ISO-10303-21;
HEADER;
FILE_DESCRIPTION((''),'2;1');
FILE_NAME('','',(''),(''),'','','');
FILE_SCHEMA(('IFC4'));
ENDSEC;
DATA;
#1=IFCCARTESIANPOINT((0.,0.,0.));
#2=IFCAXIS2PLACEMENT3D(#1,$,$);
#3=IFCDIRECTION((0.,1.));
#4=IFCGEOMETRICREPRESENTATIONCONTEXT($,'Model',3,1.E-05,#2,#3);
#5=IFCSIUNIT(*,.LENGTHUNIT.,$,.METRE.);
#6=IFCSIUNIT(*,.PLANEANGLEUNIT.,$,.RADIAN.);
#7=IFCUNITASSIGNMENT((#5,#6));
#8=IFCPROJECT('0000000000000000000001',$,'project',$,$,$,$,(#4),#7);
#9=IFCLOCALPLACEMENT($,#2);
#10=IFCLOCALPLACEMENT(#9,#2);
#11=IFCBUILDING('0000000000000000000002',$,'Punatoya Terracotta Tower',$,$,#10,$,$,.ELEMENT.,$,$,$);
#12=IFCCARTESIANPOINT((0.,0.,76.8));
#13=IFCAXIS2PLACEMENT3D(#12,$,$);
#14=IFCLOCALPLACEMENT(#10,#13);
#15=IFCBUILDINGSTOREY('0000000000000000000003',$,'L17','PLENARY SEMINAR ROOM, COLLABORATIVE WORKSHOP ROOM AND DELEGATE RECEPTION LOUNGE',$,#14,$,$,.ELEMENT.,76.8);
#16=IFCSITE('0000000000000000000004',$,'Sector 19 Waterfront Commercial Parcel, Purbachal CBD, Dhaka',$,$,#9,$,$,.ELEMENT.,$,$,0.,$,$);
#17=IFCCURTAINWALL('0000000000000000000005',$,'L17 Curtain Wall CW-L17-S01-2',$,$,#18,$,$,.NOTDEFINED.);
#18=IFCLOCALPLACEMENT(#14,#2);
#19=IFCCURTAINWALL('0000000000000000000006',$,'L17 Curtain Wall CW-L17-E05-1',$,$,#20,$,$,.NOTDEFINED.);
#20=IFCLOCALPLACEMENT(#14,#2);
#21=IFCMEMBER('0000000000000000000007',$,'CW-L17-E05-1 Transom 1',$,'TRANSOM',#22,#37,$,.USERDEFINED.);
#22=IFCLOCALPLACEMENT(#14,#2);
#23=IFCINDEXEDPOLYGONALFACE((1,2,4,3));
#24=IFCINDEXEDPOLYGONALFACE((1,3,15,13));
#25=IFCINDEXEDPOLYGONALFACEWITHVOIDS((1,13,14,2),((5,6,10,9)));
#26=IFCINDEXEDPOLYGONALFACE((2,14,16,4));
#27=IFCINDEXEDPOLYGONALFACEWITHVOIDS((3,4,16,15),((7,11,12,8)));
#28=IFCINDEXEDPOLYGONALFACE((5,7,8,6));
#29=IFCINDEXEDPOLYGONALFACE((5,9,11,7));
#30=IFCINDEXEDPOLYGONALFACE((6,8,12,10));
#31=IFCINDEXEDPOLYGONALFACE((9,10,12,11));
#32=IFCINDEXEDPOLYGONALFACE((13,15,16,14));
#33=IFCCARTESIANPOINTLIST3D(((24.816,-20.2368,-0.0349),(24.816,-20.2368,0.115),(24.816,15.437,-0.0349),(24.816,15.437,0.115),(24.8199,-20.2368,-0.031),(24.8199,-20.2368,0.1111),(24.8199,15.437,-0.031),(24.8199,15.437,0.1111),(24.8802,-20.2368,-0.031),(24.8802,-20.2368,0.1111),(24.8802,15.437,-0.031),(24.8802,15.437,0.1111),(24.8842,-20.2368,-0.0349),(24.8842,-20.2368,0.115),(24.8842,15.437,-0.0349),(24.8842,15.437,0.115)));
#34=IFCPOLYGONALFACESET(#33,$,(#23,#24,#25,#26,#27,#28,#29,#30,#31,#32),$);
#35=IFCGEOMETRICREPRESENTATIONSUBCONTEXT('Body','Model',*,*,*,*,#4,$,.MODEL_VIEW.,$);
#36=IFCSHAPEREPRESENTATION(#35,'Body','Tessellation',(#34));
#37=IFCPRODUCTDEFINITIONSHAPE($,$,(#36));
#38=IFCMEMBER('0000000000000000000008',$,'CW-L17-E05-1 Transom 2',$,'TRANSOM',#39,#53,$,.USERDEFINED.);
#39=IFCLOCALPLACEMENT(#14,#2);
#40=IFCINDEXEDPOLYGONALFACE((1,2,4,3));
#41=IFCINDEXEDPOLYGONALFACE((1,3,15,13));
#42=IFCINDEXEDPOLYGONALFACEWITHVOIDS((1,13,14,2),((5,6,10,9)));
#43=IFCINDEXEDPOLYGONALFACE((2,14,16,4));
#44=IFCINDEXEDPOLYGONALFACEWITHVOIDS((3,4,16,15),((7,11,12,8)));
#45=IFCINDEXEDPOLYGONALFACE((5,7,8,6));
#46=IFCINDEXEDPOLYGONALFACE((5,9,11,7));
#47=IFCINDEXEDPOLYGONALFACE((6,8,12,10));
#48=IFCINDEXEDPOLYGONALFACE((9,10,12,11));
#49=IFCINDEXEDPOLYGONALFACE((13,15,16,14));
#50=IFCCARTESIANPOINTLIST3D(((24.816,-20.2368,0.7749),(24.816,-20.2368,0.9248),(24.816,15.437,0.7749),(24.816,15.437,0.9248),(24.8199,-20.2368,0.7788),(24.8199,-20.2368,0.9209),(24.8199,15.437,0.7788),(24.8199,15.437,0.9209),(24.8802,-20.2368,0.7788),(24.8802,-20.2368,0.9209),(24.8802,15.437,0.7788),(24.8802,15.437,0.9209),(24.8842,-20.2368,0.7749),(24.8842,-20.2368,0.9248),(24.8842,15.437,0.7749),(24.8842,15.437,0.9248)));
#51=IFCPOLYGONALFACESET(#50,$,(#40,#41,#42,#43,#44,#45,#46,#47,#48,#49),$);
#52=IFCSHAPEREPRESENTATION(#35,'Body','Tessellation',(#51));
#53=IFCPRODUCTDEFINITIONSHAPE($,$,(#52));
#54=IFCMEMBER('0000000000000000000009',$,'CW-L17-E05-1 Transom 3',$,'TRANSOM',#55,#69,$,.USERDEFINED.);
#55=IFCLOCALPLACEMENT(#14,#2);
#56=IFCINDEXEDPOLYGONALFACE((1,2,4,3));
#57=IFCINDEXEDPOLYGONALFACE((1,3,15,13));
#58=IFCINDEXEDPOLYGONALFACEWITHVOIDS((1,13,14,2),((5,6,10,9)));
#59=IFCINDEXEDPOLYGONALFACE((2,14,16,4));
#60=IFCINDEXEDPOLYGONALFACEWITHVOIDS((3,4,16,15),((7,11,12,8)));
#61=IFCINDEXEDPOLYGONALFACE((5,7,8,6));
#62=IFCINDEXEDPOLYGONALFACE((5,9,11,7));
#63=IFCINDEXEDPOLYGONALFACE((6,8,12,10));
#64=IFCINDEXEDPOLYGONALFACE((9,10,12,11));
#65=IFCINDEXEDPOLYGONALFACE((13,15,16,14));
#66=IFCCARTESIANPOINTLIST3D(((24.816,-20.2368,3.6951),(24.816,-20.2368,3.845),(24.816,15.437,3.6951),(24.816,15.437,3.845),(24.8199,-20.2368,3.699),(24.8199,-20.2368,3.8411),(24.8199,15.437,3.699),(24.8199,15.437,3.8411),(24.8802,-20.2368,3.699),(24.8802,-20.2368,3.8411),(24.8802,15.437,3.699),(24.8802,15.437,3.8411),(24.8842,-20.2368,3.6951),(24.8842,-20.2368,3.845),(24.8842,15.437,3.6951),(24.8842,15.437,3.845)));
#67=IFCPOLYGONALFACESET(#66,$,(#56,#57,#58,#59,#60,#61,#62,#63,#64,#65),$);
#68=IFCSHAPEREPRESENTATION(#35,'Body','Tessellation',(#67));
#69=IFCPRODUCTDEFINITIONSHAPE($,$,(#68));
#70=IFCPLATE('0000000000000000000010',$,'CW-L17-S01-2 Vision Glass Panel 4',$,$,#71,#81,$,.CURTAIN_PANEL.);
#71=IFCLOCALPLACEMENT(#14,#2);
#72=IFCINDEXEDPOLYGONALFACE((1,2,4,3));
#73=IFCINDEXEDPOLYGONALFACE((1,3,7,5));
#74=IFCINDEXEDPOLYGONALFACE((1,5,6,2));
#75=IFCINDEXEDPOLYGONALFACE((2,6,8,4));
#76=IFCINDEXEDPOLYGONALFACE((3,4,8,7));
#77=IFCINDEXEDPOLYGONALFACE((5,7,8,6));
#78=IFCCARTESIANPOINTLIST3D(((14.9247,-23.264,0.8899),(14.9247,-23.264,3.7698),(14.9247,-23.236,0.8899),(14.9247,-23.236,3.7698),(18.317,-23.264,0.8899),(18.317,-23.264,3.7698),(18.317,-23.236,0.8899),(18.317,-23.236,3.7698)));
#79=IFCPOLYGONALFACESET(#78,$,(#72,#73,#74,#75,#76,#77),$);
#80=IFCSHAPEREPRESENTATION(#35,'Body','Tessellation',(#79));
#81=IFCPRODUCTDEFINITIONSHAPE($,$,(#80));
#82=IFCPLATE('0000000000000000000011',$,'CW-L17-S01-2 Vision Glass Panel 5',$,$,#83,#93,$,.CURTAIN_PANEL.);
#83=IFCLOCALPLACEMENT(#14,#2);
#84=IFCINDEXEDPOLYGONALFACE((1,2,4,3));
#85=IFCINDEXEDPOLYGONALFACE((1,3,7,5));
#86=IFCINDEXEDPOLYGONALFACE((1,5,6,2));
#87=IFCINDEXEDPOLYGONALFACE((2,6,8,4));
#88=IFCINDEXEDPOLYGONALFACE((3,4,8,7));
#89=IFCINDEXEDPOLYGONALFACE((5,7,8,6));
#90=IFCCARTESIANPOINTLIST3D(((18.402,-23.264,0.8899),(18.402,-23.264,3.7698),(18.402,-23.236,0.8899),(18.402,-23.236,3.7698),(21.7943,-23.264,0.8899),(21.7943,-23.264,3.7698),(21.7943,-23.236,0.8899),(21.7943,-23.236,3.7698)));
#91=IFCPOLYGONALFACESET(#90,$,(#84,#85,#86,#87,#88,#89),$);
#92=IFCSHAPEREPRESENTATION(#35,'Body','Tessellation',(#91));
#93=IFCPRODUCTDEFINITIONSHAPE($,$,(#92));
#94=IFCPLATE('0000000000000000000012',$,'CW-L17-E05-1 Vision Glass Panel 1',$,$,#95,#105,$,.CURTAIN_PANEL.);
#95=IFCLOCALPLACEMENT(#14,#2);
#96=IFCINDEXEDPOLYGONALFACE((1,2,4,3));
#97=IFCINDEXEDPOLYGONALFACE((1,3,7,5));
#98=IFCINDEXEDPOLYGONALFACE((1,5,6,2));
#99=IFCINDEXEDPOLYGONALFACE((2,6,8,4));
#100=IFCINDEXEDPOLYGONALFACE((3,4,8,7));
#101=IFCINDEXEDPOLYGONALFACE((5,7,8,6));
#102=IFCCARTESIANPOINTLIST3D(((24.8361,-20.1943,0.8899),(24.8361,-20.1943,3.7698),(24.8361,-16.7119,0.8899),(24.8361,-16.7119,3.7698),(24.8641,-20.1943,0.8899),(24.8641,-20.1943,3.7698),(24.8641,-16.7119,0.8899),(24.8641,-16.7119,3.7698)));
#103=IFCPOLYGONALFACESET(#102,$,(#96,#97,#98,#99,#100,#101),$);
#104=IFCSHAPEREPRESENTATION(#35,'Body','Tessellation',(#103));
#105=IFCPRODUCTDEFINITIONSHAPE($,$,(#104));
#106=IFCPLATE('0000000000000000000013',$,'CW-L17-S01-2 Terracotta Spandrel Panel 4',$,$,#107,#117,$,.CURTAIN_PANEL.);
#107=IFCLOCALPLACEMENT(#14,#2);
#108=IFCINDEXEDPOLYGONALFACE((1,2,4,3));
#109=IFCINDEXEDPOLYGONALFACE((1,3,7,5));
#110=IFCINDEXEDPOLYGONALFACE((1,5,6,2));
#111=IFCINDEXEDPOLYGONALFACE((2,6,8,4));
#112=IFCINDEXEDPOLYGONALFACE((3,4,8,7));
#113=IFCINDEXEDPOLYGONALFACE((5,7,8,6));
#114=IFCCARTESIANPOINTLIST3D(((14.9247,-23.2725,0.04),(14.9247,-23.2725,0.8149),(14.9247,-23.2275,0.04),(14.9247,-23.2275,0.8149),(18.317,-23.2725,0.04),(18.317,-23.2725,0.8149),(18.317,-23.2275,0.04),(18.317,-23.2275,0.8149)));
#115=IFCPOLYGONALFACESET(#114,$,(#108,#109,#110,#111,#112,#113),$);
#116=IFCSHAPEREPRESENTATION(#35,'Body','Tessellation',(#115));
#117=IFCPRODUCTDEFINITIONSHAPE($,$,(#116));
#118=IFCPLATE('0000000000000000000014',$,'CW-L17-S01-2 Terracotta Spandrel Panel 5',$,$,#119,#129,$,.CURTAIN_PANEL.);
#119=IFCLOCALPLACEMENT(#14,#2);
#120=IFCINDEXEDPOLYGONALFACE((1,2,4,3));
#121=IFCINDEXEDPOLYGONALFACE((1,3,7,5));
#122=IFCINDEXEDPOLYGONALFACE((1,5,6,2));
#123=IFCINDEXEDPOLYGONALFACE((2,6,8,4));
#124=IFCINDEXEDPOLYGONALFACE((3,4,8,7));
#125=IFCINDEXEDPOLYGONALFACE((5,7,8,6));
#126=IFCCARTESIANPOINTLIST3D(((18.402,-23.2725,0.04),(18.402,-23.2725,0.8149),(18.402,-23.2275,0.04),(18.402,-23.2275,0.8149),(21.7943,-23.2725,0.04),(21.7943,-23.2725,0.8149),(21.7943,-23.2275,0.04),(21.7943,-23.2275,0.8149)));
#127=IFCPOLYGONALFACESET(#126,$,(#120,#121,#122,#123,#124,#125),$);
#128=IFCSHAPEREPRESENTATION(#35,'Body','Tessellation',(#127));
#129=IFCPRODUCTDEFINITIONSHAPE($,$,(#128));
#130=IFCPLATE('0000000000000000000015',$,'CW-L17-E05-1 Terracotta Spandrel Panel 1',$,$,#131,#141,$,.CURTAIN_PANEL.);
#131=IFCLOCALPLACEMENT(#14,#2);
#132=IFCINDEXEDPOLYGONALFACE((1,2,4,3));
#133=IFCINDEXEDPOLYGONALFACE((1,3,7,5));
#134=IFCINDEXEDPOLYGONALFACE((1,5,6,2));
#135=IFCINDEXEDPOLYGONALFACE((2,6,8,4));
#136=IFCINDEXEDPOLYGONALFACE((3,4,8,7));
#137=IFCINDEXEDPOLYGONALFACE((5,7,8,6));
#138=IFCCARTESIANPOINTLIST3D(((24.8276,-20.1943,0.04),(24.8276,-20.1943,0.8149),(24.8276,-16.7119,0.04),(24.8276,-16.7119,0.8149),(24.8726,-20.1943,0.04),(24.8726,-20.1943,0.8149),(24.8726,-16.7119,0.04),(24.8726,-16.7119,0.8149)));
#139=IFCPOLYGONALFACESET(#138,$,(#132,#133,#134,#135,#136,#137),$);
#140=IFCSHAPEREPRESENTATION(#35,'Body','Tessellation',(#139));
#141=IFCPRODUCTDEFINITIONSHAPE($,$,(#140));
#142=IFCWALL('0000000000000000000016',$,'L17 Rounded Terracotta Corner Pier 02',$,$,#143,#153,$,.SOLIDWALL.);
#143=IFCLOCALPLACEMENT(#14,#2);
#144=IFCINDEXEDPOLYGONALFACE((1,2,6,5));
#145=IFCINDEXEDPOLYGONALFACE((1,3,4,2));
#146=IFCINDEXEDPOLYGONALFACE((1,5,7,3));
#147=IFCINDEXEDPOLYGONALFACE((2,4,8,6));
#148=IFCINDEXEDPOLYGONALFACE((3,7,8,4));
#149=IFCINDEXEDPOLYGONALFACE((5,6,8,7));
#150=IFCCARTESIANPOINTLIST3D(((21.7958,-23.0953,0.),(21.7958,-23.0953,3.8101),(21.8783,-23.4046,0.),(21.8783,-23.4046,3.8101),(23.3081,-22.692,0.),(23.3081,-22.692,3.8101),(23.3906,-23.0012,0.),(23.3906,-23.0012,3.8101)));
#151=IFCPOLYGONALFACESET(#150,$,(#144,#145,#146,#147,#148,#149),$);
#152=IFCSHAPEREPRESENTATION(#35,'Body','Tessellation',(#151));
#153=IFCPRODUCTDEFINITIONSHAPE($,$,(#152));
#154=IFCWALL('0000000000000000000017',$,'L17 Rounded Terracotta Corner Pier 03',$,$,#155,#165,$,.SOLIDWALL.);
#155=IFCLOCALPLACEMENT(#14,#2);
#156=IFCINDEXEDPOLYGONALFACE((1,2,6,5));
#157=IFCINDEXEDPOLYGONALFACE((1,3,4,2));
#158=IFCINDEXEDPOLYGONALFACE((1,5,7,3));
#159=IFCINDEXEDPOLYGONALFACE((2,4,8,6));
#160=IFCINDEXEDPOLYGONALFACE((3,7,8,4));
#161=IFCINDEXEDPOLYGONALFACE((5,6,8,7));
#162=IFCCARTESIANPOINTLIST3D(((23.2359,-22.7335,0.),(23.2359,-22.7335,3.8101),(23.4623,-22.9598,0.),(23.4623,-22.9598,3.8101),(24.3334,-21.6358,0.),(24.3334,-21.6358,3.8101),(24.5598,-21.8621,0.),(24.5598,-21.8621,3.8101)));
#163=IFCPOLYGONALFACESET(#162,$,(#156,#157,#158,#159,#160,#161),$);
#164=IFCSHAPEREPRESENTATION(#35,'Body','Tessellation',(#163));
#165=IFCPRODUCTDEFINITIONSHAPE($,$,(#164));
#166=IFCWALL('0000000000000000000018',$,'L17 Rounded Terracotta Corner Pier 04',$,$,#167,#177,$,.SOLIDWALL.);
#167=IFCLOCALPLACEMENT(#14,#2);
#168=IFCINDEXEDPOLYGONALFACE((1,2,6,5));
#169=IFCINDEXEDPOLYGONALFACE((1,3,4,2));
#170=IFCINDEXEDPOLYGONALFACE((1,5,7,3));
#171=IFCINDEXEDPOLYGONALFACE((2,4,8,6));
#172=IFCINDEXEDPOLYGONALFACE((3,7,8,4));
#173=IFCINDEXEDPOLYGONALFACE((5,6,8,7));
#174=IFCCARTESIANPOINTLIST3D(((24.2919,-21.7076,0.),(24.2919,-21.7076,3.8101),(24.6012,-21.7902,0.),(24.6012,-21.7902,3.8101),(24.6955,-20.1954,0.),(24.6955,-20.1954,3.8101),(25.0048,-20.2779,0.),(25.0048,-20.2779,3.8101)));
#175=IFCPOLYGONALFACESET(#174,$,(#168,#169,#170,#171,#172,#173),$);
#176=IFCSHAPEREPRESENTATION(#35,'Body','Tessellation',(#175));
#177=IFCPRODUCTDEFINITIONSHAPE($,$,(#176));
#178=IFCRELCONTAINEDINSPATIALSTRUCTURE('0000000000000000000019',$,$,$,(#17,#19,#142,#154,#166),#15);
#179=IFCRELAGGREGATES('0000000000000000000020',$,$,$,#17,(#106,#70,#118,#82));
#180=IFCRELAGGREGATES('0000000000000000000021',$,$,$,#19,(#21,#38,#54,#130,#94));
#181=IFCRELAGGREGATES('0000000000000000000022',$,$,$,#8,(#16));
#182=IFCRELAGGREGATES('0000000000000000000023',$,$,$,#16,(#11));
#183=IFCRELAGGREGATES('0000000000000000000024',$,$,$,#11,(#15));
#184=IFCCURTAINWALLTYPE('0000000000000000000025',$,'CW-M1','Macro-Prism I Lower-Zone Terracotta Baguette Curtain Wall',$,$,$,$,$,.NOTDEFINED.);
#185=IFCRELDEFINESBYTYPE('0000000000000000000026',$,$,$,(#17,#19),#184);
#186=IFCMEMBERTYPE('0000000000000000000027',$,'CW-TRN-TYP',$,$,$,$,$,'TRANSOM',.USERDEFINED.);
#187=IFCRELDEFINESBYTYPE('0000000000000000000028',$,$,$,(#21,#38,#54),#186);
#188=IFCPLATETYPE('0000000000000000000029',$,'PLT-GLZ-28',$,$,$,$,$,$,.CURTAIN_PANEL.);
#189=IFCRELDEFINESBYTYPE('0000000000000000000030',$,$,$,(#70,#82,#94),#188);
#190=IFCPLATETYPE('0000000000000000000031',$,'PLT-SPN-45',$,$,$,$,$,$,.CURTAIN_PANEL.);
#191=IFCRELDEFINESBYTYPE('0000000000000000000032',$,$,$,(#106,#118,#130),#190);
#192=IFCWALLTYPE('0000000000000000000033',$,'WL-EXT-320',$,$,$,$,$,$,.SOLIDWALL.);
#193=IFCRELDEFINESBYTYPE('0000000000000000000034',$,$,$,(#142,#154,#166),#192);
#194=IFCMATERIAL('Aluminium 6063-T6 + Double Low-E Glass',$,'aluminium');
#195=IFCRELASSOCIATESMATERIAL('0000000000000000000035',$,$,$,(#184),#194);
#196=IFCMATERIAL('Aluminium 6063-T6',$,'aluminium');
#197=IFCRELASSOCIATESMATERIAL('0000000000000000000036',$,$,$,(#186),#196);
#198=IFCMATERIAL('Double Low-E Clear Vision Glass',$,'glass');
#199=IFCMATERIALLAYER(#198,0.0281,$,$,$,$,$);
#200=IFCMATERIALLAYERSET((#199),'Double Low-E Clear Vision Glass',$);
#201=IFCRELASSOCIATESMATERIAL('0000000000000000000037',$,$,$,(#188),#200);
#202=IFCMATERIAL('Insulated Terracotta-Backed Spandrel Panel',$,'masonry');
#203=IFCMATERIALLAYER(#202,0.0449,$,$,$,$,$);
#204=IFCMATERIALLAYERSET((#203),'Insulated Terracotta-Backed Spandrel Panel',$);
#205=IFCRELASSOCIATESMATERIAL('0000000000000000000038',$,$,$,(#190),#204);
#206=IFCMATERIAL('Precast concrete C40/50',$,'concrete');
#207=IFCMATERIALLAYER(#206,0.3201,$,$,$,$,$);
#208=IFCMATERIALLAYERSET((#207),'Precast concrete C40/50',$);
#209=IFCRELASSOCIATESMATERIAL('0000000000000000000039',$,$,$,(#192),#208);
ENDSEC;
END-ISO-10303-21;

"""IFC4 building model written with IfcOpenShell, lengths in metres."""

from ifc_helpers import new_model, si_unit, direction, frame, frame_2d, origin, origin_2d, place, context, subcontext, project, spatial, rectangle, hollow_rectangle, extrude, material, layer, layer_set, material_profile, profile_set, type_object, element, aggregate, save


model = new_model("IFC4")

# Units and contexts
model_context = context("Model", 3, precision=1e-05, world=origin(), true_north=direction((0.0, 1.0)))
body_context = subcontext(model_context, "Body", "Model", "MODEL_VIEW")
ifc_project = project(units=[si_unit("LENGTHUNIT", "METRE"), si_unit("PLANEANGLEUNIT", "RADIAN")], contexts=[model_context])

# Site, building, storey
site_placement = place(None, origin())
site = spatial("IfcSite", under=ifc_project, at=site_placement, Name="Sector 19 Waterfront Commercial Parcel, Purbachal CBD, Dhaka", CompositionType="ELEMENT", RefElevation=0.0)
building_placement = place(site_placement, origin())
building = spatial("IfcBuilding", under=site, at=building_placement, Name="Punatoya Terracotta Tower", CompositionType="ELEMENT")
storey_placement = place(building_placement, frame((0.0, 0.0, 76.8)))
storey = spatial("IfcBuildingStorey", under=building, at=storey_placement, Name="L17", Description="PLENARY SEMINAR ROOM, COLLABORATIVE WORKSHOP ROOM AND DELEGATE RECEPTION LOUNGE", CompositionType="ELEMENT", Elevation=76.8)

# Curtain walls, members
ifc_material_1 = material(Name="Aluminium 6063-T6 + Double Low-E Glass", Category="aluminium")
curtain_wall_type = type_object("IfcCurtainWallType", Name="CW-M1", Description="Macro-Prism I Lower-Zone Terracotta Baguette Curtain Wall", PredefinedType="NOTDEFINED", material=ifc_material_1)
curtain_wall_1_placement = place(storey_placement, origin())
curtain_wall_1 = element("IfcCurtainWall", 1, at=curtain_wall_1_placement, inside=storey, type_object=curtain_wall_type, Name="L17 Curtain Wall CW-L17-S01-2", PredefinedType="NOTDEFINED")
ifc_material_2 = material(Name="Aluminium 6063-T6", Category="aluminium")
curtain_wall_2_placement = place(storey_placement, origin())
curtain_wall_2 = element("IfcCurtainWall", 2, at=curtain_wall_2_placement, inside=storey, type_object=curtain_wall_type, Name="L17 Curtain Wall CW-L17-E05-1", PredefinedType="NOTDEFINED")
ifc_material_profile_1 = material_profile(ifc_material_2, hollow_rectangle(XDim=0.0681, YDim=0.1499, WallThickness=0.0039, at=origin_2d()))
ifc_profile_set_1 = profile_set([ifc_material_profile_1], Name="Aluminium 6063-T6")
member_type_1 = type_object("IfcMemberType", Name="CW-TRN-TYP", ElementType="TRANSOM", PredefinedType="USERDEFINED", material=ifc_profile_set_1)
member_1_placement = place(storey_placement, frame((24.8501, -20.2368, 0.04), z_axis=(0.0, 1.0, 0.0), x_axis=(-1.0, 0.0, 0.0)))
member_1 = element("IfcMember", 3, at=member_1_placement, type_object=member_type_1, Name="CW-L17-E05-1 Transom 1", ObjectType="TRANSOM", PredefinedType="USERDEFINED", context=body_context, shape_type="SweptSolid", body=[
    extrude(hollow_rectangle(XDim=0.0681, YDim=0.1499, WallThickness=0.0039, at=origin_2d()), origin(), (0.0, 0.0, 1.0), 35.6738),
])
member_2_placement = place(storey_placement, frame((24.8501, -20.2368, 0.8499), z_axis=(0.0, 1.0, 0.0), x_axis=(-1.0, 0.0, 0.0)))
member_2 = element("IfcMember", 4, at=member_2_placement, type_object=member_type_1, Name="CW-L17-E05-1 Transom 2", ObjectType="TRANSOM", PredefinedType="USERDEFINED", context=body_context, shape_type="SweptSolid", body=[
    extrude(hollow_rectangle(XDim=0.0681, YDim=0.1499, WallThickness=0.0039, at=origin_2d()), origin(), (0.0, 0.0, 1.0), 35.6738),
])
member_3_placement = place(storey_placement, frame((24.8501, -20.2368, 3.77), z_axis=(0.0, 1.0, 0.0), x_axis=(-1.0, 0.0, 0.0)))
member_3 = element("IfcMember", 5, at=member_3_placement, type_object=member_type_1, Name="CW-L17-E05-1 Transom 3", ObjectType="TRANSOM", PredefinedType="USERDEFINED", context=body_context, shape_type="SweptSolid", body=[
    extrude(hollow_rectangle(XDim=0.0681, YDim=0.1499, WallThickness=0.0039, at=origin_2d()), origin(), (0.0, 0.0, 1.0), 35.6738),
])

# Plates
ifc_material_3 = material(Name="Double Low-E Clear Vision Glass", Category="glass")
ifc_layer_1 = layer(ifc_material_3, 0.0281)
ifc_layer_set_1 = layer_set([ifc_layer_1], Name="Double Low-E Clear Vision Glass")
plate_type_1 = type_object("IfcPlateType", Name="PLT-GLZ-28", PredefinedType="CURTAIN_PANEL", material=ifc_layer_set_1)
plate_1_placement = place(storey_placement, frame((16.6208, -23.25, 0.8899), z_axis=(0.0, 0.0, 1.0), x_axis=(1.0, 0.0, 0.0)))
plate_1 = element("IfcPlate", 6, at=plate_1_placement, type_object=plate_type_1, Name="CW-L17-S01-2 Vision Glass Panel 4", PredefinedType="CURTAIN_PANEL", context=body_context, shape_type="SweptSolid", body=[
    extrude(rectangle(XDim=3.3923, YDim=0.0281, at=origin_2d()), origin(), (0.0, 0.0, 1.0), 2.8799),
])
plate_2_placement = place(storey_placement, frame((20.0981, -23.25, 0.8899), z_axis=(0.0, 0.0, 1.0), x_axis=(1.0, 0.0, 0.0)))
plate_2 = element("IfcPlate", 7, at=plate_2_placement, type_object=plate_type_1, Name="CW-L17-S01-2 Vision Glass Panel 5", PredefinedType="CURTAIN_PANEL", context=body_context, shape_type="SweptSolid", body=[
    extrude(rectangle(XDim=3.3923, YDim=0.0281, at=origin_2d()), origin(), (0.0, 0.0, 1.0), 2.8799),
])
plate_3_placement = place(storey_placement, frame((24.8501, -18.4531, 0.8899), z_axis=(0.0, 0.0, 1.0), x_axis=(0.0, 1.0, 0.0)))
plate_3 = element("IfcPlate", 8, at=plate_3_placement, type_object=plate_type_1, Name="CW-L17-E05-1 Vision Glass Panel 1", PredefinedType="CURTAIN_PANEL", context=body_context, shape_type="SweptSolid", body=[
    extrude(rectangle(XDim=3.4824, YDim=0.0281, at=origin_2d()), origin(), (0.0, 0.0, 1.0), 2.8799),
])
ifc_material_4 = material(Name="Insulated Terracotta-Backed Spandrel Panel", Category="masonry")
ifc_layer_2 = layer(ifc_material_4, 0.0449)
ifc_layer_set_2 = layer_set([ifc_layer_2], Name="Insulated Terracotta-Backed Spandrel Panel")
plate_type_2 = type_object("IfcPlateType", Name="PLT-SPN-45", PredefinedType="CURTAIN_PANEL", material=ifc_layer_set_2)
plate_4_placement = place(storey_placement, frame((16.6208, -23.25, 0.04), z_axis=(0.0, 0.0, 1.0), x_axis=(1.0, 0.0, 0.0)))
plate_4 = element("IfcPlate", 9, at=plate_4_placement, type_object=plate_type_2, Name="CW-L17-S01-2 Terracotta Spandrel Panel 4", PredefinedType="CURTAIN_PANEL", context=body_context, shape_type="SweptSolid", body=[
    extrude(rectangle(XDim=3.3923, YDim=0.0449, at=origin_2d()), origin(), (0.0, 0.0, 1.0), 0.7749),
])
plate_5_placement = place(storey_placement, frame((20.0981, -23.25, 0.04), z_axis=(0.0, 0.0, 1.0), x_axis=(1.0, 0.0, 0.0)))
plate_5 = element("IfcPlate", 10, at=plate_5_placement, type_object=plate_type_2, Name="CW-L17-S01-2 Terracotta Spandrel Panel 5", PredefinedType="CURTAIN_PANEL", context=body_context, shape_type="SweptSolid", body=[
    extrude(rectangle(XDim=3.3923, YDim=0.0449, at=origin_2d()), origin(), (0.0, 0.0, 1.0), 0.7749),
])
aggregate(curtain_wall_1, [plate_4, plate_1, plate_5, plate_2])
plate_6_placement = place(storey_placement, frame((24.8501, -18.4531, 0.04), z_axis=(0.0, 0.0, 1.0), x_axis=(0.0, 1.0, 0.0)))
plate_6 = element("IfcPlate", 11, at=plate_6_placement, type_object=plate_type_2, Name="CW-L17-E05-1 Terracotta Spandrel Panel 1", PredefinedType="CURTAIN_PANEL", context=body_context, shape_type="SweptSolid", body=[
    extrude(rectangle(XDim=3.4824, YDim=0.0449, at=origin_2d()), origin(), (0.0, 0.0, 1.0), 0.7749),
])
aggregate(curtain_wall_2, [member_1, member_2, member_3, plate_6, plate_3])

# Walls
ifc_material_5 = material(Name="Precast concrete C40/50", Category="concrete")
ifc_layer_3 = layer(ifc_material_5, 0.3201)
ifc_layer_set_3 = layer_set([ifc_layer_3], Name="Precast concrete C40/50")
wall_type = type_object("IfcWallType", Name="WL-EXT-320", PredefinedType="SOLIDWALL", material=ifc_layer_set_3)
wall_1_placement = place(storey_placement, frame((21.8369, -23.25, 0.0), z_axis=(0.0, 0.0, 1.0), x_axis=(0.966225, 0.257701, 0.0)))
element("IfcWall", 12, at=wall_1_placement, inside=storey, type_object=wall_type, Name="L17 Rounded Terracotta Corner Pier 02", PredefinedType="SOLIDWALL", context=body_context, shape_type="SweptSolid", body=[
    extrude(rectangle(XDim=1.5652, YDim=0.3201, at=frame_2d((0.7827, 0.0))), origin(), (0.0, 0.0, 1.0), 3.8101),
])
wall_2_placement = place(storey_placement, frame((23.3491, -22.8467, 0.0), z_axis=(0.0, 0.0, 1.0), x_axis=(0.707028, 0.707185, 0.0)))
element("IfcWall", 13, at=wall_2_placement, inside=storey, type_object=wall_type, Name="L17 Rounded Terracotta Corner Pier 03", PredefinedType="SOLIDWALL", context=body_context, shape_type="SweptSolid", body=[
    extrude(rectangle(XDim=1.5522, YDim=0.3201, at=frame_2d((0.7761, 0.0))), origin(), (0.0, 0.0, 1.0), 3.8101),
])
wall_3_placement = place(storey_placement, frame((24.4465, -21.749, 0.0), z_axis=(0.0, 0.0, 1.0), x_axis=(0.257847, 0.966186, 0.0)))
element("IfcWall", 14, at=wall_3_placement, inside=storey, type_object=wall_type, Name="L17 Rounded Terracotta Corner Pier 04", PredefinedType="SOLIDWALL", context=body_context, shape_type="SweptSolid", body=[
    extrude(rectangle(XDim=1.5652, YDim=0.3201, at=frame_2d((0.7827, 0.0))), origin(), (0.0, 0.0, 1.0), 3.8101),
])

save(model, "model.ifc")
